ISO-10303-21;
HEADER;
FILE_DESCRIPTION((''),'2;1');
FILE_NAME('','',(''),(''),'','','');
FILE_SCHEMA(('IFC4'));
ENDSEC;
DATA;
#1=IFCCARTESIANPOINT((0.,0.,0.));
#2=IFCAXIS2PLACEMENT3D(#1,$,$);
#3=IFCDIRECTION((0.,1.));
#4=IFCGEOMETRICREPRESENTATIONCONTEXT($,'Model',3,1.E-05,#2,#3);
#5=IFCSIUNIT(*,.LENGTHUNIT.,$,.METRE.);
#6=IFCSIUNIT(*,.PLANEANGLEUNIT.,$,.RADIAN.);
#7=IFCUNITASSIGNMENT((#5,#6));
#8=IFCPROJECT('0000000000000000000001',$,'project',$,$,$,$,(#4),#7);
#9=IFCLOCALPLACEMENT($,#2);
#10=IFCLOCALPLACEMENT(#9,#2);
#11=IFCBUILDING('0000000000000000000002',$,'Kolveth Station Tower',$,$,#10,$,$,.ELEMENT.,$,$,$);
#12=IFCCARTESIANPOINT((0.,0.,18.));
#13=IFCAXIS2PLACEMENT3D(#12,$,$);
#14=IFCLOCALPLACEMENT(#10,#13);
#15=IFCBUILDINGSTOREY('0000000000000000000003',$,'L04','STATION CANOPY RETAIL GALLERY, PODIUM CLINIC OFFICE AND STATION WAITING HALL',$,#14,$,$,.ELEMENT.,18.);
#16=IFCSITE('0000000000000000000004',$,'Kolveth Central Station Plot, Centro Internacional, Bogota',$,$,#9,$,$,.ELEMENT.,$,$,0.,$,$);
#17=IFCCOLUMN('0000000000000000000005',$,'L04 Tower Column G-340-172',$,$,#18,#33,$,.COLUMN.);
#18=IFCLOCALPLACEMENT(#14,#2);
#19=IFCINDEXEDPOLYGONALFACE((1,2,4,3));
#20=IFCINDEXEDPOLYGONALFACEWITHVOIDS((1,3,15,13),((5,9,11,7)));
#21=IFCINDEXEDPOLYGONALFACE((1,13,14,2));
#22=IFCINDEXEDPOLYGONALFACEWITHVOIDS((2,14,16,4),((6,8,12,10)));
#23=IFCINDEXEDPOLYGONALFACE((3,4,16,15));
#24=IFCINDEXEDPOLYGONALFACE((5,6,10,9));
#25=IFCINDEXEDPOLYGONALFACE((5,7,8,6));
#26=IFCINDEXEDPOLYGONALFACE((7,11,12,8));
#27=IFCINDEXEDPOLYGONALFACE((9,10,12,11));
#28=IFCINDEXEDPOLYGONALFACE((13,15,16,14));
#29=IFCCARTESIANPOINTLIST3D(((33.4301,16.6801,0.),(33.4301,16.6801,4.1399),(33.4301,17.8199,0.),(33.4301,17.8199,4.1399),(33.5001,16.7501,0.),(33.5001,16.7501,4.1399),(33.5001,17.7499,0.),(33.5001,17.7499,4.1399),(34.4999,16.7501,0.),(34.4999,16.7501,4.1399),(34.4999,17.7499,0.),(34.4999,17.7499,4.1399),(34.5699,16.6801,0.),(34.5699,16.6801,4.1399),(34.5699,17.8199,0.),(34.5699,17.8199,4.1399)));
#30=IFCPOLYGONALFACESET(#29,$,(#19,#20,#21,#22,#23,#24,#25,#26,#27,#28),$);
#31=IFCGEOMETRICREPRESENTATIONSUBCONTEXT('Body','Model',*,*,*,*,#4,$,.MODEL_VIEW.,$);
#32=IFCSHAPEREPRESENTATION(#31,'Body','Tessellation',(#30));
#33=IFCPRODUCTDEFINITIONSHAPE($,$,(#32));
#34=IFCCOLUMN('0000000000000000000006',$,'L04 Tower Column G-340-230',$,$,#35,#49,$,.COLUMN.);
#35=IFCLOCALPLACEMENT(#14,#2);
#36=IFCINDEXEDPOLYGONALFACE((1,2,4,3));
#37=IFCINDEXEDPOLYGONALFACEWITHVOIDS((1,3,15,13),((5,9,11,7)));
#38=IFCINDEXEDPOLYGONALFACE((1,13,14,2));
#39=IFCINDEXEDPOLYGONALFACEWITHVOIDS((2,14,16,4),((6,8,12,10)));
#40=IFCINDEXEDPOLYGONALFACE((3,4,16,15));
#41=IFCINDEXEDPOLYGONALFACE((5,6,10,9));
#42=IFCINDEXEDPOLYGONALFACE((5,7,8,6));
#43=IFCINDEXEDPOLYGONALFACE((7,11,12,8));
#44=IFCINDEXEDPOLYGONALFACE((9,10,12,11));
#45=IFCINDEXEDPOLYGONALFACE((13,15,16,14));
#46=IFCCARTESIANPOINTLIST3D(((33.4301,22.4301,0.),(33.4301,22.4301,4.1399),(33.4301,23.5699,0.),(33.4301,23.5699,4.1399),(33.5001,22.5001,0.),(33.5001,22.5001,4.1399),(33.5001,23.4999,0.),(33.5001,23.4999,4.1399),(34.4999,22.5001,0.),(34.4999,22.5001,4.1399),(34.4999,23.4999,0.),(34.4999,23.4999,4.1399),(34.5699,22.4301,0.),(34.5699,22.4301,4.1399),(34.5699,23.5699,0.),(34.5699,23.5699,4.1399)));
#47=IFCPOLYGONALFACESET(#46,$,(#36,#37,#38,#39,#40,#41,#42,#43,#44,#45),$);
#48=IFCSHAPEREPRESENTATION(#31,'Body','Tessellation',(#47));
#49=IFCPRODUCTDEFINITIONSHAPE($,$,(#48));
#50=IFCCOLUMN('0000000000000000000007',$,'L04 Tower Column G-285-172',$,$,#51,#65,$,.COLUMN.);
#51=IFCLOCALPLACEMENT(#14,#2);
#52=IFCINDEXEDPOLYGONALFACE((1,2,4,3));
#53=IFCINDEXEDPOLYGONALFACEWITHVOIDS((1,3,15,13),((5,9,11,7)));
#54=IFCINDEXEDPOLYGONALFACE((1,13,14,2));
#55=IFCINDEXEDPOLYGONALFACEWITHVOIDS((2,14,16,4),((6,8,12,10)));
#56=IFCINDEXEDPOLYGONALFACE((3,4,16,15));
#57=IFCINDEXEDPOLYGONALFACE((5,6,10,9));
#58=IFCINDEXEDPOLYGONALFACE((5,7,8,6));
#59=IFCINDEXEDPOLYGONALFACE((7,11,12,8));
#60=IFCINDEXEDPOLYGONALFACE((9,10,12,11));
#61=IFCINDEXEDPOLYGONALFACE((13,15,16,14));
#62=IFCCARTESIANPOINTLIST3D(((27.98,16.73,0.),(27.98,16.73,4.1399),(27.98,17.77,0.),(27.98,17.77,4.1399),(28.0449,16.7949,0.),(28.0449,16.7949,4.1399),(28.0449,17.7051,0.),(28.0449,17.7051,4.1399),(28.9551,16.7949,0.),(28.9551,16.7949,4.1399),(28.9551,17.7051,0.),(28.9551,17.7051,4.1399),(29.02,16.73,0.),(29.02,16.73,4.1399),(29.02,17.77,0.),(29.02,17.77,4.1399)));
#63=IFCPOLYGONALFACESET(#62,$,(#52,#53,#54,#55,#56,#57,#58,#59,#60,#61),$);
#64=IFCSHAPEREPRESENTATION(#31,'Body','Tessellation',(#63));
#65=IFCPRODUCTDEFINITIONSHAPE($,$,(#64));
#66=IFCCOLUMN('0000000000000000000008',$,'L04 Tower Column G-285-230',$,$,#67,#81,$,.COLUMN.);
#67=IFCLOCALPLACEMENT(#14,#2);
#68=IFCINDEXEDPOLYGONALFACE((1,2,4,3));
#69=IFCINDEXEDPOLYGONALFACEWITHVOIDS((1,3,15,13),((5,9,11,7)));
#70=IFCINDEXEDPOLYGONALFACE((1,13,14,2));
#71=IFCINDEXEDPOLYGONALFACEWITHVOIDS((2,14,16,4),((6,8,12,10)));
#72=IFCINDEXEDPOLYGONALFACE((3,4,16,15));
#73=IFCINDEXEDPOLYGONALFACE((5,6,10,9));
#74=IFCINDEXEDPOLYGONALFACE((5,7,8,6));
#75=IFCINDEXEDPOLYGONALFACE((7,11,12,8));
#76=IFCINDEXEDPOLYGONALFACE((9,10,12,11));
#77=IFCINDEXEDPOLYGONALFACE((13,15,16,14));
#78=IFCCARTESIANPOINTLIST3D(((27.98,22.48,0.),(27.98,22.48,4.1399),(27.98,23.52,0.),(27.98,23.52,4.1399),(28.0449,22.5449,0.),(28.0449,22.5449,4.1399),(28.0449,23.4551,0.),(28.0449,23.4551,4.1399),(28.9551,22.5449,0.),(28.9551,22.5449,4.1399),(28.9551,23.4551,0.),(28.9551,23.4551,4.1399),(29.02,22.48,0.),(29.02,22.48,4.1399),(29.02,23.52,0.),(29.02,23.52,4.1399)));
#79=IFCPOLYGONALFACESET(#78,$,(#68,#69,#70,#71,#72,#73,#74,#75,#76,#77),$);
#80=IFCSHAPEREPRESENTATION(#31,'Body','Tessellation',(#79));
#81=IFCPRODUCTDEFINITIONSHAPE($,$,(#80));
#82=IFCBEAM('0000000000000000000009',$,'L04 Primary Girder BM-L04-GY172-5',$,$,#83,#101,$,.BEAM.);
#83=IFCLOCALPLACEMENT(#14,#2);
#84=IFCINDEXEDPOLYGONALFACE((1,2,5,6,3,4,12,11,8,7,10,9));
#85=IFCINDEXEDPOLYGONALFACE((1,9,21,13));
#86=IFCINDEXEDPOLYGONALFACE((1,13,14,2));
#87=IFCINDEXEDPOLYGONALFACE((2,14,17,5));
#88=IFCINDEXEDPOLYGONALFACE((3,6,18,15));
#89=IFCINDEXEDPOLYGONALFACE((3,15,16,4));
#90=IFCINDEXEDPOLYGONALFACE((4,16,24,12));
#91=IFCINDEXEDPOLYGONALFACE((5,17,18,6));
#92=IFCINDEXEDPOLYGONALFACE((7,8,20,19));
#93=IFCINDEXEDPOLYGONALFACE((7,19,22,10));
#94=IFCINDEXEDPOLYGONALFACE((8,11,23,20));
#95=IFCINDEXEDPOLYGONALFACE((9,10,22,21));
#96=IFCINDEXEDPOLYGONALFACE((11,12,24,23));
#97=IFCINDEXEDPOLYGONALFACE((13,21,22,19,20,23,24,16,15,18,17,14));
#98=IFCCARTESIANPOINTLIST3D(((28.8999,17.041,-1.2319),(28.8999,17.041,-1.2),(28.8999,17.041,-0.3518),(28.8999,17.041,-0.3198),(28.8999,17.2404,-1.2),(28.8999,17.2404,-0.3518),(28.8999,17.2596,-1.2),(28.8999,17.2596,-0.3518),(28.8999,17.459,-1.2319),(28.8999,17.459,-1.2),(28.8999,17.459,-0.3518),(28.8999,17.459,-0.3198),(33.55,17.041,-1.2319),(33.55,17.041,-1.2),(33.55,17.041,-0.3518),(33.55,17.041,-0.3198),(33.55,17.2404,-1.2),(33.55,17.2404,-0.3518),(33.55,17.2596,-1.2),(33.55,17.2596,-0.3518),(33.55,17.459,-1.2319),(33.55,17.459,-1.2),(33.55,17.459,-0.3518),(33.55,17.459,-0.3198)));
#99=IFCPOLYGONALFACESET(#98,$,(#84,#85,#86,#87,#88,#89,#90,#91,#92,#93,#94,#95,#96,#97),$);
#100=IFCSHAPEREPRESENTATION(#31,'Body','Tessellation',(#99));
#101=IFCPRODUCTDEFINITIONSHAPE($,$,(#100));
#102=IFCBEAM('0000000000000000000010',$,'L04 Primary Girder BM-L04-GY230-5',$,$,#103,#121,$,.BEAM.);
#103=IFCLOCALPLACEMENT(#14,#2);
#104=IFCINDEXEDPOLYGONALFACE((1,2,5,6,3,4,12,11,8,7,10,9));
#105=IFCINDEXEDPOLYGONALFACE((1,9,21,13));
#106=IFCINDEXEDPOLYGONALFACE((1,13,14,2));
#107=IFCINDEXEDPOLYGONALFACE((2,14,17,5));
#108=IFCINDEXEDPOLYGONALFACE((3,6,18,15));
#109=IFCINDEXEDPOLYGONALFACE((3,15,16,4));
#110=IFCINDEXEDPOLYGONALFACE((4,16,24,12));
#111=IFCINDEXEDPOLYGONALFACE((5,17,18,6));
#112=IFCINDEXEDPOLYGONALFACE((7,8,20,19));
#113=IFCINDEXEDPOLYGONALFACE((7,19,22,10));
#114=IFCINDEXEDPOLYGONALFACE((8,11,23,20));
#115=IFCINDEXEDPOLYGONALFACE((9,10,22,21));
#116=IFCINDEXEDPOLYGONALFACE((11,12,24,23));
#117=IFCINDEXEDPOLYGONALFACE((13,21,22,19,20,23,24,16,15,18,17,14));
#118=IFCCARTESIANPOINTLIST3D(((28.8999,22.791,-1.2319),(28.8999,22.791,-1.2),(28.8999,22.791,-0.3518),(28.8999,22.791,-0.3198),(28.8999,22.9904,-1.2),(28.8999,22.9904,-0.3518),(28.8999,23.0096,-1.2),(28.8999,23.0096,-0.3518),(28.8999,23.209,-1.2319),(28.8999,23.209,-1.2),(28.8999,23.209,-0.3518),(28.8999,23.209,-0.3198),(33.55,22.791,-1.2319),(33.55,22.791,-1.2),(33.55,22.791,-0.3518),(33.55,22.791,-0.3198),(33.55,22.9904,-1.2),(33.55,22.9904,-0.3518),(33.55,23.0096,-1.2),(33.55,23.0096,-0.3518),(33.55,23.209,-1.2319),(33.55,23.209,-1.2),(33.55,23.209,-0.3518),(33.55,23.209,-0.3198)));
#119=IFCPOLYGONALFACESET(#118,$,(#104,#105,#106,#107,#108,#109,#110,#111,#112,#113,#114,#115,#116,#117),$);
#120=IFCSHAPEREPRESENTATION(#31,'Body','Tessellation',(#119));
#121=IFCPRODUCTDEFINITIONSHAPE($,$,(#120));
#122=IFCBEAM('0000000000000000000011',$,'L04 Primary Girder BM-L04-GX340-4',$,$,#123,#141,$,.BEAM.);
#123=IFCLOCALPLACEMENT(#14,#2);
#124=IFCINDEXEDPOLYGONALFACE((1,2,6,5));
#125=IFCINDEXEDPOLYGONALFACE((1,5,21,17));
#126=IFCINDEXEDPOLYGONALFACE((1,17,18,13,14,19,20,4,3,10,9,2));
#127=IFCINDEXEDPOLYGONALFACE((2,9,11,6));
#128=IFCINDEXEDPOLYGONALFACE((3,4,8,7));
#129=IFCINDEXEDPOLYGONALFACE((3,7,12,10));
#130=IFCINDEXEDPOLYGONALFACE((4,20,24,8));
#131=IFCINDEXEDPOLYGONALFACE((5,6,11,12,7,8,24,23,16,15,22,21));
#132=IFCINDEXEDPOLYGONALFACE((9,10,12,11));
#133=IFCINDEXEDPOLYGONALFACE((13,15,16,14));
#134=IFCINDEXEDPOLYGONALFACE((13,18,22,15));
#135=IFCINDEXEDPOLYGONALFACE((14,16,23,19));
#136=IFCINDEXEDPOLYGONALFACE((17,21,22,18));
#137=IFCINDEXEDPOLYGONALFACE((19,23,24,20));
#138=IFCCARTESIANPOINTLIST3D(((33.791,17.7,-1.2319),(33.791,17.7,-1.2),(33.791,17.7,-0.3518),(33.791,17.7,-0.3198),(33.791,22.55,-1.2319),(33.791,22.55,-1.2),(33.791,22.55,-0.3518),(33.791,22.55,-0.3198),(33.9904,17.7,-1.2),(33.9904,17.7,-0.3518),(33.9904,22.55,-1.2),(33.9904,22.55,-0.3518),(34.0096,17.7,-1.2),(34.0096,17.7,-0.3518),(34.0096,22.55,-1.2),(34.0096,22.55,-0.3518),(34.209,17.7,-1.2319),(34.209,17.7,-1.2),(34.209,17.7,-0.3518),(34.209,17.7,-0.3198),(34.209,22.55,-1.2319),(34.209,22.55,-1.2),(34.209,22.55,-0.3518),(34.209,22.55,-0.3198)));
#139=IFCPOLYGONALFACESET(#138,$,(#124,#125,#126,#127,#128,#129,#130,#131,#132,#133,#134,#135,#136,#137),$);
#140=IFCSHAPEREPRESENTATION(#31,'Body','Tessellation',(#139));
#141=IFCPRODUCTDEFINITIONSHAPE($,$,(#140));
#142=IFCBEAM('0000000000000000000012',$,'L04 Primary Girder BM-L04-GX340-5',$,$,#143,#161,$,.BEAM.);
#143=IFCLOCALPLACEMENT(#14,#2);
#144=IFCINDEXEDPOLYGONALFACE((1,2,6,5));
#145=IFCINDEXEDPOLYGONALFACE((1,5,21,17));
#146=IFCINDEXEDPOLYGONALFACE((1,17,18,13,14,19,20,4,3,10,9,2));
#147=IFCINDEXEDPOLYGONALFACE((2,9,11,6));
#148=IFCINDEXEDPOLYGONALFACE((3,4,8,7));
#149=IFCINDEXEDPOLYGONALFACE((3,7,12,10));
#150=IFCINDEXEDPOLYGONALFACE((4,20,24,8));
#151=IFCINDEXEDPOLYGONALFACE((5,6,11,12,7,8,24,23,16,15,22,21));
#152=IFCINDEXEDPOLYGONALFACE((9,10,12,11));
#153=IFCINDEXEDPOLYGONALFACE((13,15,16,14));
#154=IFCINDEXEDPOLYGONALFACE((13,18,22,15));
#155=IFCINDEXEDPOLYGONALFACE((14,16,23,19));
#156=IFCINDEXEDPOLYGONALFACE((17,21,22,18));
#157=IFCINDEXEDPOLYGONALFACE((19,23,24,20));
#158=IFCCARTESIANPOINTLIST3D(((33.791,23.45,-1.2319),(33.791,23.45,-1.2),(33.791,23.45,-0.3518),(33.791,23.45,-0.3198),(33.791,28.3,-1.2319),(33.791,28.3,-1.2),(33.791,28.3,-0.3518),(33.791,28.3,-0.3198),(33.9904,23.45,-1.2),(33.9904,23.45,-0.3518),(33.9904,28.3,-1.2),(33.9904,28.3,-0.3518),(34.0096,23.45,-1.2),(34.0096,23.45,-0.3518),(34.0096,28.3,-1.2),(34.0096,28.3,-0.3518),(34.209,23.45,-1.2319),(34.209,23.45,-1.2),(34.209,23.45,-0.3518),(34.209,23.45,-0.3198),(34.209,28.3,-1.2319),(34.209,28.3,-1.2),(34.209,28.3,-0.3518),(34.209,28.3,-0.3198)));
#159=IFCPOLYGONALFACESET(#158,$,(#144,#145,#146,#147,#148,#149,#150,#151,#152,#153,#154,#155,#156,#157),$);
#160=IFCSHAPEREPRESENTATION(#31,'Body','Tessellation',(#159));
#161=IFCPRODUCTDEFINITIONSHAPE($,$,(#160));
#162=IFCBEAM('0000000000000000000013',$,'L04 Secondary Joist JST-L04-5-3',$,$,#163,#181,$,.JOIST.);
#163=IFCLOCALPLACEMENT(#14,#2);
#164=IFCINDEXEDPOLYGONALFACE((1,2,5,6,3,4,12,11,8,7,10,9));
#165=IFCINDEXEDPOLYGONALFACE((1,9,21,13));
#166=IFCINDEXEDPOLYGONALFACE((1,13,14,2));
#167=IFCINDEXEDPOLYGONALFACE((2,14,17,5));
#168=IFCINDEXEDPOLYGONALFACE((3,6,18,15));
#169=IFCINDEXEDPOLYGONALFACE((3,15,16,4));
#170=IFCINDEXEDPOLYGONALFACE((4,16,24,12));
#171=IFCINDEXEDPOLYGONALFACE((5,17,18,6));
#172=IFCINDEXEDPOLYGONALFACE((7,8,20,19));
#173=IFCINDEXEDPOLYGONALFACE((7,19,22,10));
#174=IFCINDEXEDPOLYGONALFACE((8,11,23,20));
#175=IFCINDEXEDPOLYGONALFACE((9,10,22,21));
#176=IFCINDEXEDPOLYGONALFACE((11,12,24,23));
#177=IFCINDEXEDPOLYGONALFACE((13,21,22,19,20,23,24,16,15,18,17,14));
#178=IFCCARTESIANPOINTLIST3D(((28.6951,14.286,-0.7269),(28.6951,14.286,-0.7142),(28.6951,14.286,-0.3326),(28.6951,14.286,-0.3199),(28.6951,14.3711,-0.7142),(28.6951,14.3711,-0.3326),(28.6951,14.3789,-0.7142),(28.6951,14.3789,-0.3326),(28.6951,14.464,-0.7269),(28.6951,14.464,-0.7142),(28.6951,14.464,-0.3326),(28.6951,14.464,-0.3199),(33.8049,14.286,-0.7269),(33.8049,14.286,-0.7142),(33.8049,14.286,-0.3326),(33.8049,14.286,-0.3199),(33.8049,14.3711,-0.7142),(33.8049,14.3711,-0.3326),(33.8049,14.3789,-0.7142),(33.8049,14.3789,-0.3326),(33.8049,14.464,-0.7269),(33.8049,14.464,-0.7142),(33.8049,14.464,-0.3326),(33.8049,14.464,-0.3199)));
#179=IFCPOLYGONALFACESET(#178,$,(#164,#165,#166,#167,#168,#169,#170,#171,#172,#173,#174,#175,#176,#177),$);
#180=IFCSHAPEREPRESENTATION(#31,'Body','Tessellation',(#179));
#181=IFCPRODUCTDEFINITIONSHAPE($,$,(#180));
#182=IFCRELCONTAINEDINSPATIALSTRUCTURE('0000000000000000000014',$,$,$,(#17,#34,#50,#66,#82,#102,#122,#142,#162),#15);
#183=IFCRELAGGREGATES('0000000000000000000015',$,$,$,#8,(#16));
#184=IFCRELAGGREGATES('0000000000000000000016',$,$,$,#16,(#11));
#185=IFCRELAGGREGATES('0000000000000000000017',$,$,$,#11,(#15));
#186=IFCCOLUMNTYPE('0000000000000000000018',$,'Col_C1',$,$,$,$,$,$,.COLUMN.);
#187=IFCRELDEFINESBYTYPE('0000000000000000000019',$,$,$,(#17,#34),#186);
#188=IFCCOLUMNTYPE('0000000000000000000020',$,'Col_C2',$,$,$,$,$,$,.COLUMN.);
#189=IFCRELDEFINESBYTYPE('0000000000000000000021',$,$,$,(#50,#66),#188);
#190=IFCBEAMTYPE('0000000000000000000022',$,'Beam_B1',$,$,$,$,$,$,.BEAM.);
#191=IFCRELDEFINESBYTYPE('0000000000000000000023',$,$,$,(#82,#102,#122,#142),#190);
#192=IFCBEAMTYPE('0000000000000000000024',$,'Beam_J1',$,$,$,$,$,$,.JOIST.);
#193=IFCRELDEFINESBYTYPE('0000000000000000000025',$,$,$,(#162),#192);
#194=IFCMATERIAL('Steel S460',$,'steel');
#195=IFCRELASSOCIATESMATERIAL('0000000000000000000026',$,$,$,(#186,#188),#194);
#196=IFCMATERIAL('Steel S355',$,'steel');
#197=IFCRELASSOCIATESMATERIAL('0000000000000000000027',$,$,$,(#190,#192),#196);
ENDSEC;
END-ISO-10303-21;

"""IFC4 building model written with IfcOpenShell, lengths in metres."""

from ifc_helpers import new_model, si_unit, direction, frame, origin, origin_2d, place, context, subcontext, project, spatial, hollow_rectangle, i_section, extrude, source, transform, mapped, material, material_profile, profile_set, type_object, element, save


model = new_model("IFC4")

# Units and contexts
model_context = context("Model", 3, precision=1e-05, world=origin(), true_north=direction((0.0, 1.0)))
body_context = subcontext(model_context, "Body", "Model", "MODEL_VIEW")
ifc_project = project(units=[si_unit("LENGTHUNIT", "METRE"), si_unit("PLANEANGLEUNIT", "RADIAN")], contexts=[model_context])

# Site, building, storey
site_placement = place(None, origin())
site = spatial("IfcSite", under=ifc_project, at=site_placement, Name="Kolveth Central Station Plot, Centro Internacional, Bogota", CompositionType="ELEMENT", RefElevation=0.0)
building_placement = place(site_placement, origin())
building = spatial("IfcBuilding", under=site, at=building_placement, Name="Kolveth Station Tower", CompositionType="ELEMENT")
storey_placement = place(building_placement, frame((0.0, 0.0, 18.0)))
storey = spatial("IfcBuildingStorey", under=building, at=storey_placement, Name="L04", Description="STATION CANOPY RETAIL GALLERY, PODIUM CLINIC OFFICE AND STATION WAITING HALL", CompositionType="ELEMENT", Elevation=18.0)

# Columns
ifc_material_1 = material(Name="Steel S460", Category="steel")
ifc_material_profile_1 = material_profile(ifc_material_1, hollow_rectangle(XDim=1.1399, YDim=1.1399, WallThickness=0.0701, at=origin_2d()), Name="BOX1140x1140x70")
ifc_profile_set_1 = profile_set([ifc_material_profile_1], Name="Steel S460")
column_type_1 = type_object("IfcColumnType", Name="Col_C1", PredefinedType="COLUMN", material=ifc_profile_set_1)
shared_shape_1 = source(origin(), body_context, "Body", "SweptSolid", [
    extrude(hollow_rectangle(XDim=1.1399, YDim=1.1399, WallThickness=0.0701, at=origin_2d()), origin(), (0.0, 0.0, 1.0), 4.1399),
])
for number, where, z_axis, x_axis, name in (
    (1, (34.0, 17.25, 0.0), (0.0, 0.0, 1.0), (1.0, 0.0, 0.0), "L04 Tower Column G-340-172"),
    (2, (34.0, 23.0, 0.0), (0.0, 0.0, 1.0), (1.0, 0.0, 0.0), "L04 Tower Column G-340-230"),
):
    element("IfcColumn", number, at=place(storey_placement, frame(where, z_axis=z_axis, x_axis=x_axis)), inside=storey, type_object=column_type_1, Name=name, PredefinedType="COLUMN", context=body_context, shape_type="MappedRepresentation", body=[
        mapped(shared_shape_1, transform((0.0, 0.0, 0.0), x_axis=(1.0, 0.0, 0.0), y_axis=(0.0, 1.0, 0.0), z_axis=(0.0, 0.0, 1.0), scale=1.0)),
    ])
ifc_material_profile_2 = material_profile(ifc_material_1, hollow_rectangle(XDim=1.04, YDim=1.04, WallThickness=0.0649, at=origin_2d()), Name="BOX1040x1040x65")
ifc_profile_set_2 = profile_set([ifc_material_profile_2], Name="Steel S460")
column_type_2 = type_object("IfcColumnType", Name="Col_C2", PredefinedType="COLUMN", material=ifc_profile_set_2)
shared_shape_2 = source(origin(), body_context, "Body", "SweptSolid", [
    extrude(hollow_rectangle(XDim=1.04, YDim=1.04, WallThickness=0.0649, at=origin_2d()), origin(), (0.0, 0.0, 1.0), 4.1399),
])
for number, where, z_axis, x_axis, name in (
    (3, (28.5, 17.25, 0.0), (0.0, 0.0, 1.0), (1.0, 0.0, 0.0), "L04 Tower Column G-285-172"),
    (4, (28.5, 23.0, 0.0), (0.0, 0.0, 1.0), (1.0, 0.0, 0.0), "L04 Tower Column G-285-230"),
):
    element("IfcColumn", number, at=place(storey_placement, frame(where, z_axis=z_axis, x_axis=x_axis)), inside=storey, type_object=column_type_2, Name=name, PredefinedType="COLUMN", context=body_context, shape_type="MappedRepresentation", body=[
        mapped(shared_shape_2, transform((0.0, 0.0, 0.0), x_axis=(1.0, 0.0, 0.0), y_axis=(0.0, 1.0, 0.0), z_axis=(0.0, 0.0, 1.0), scale=1.0)),
    ])

# Beams
ifc_material_2 = material(Name="Steel S355", Category="steel")
ifc_material_profile_3 = material_profile(ifc_material_2, i_section(OverallWidth=0.418, OverallDepth=0.9121, WebThickness=0.0193, FlangeThickness=0.032, at=origin_2d()), Name="W920x342")
ifc_profile_set_3 = profile_set([ifc_material_profile_3], Name="Steel S355")
beam_type_1 = type_object("IfcBeamType", Name="Beam_B1", PredefinedType="BEAM", material=ifc_profile_set_3)
shared_shape_3 = source(origin(), body_context, "Body", "SweptSolid", [
    extrude(i_section(OverallWidth=0.418, OverallDepth=0.9121, WebThickness=0.0193, FlangeThickness=0.032, at=origin_2d()), origin(), (0.0, 0.0, 1.0), 4.6501),
])
for number, where, z_axis, x_axis, name in (
    (5, (28.8999, 17.25, -0.7759), (1.0, 0.0, 0.0), (0.0, 1.0, 0.0), "L04 Primary Girder BM-L04-GY172-5"),
    (6, (28.8999, 23.0, -0.7759), (1.0, 0.0, 0.0), (0.0, 1.0, 0.0), "L04 Primary Girder BM-L04-GY230-5"),
):
    element("IfcBeam", number, at=place(storey_placement, frame(where, z_axis=z_axis, x_axis=x_axis)), inside=storey, type_object=beam_type_1, Name=name, PredefinedType="BEAM", context=body_context, shape_type="MappedRepresentation", body=[
        mapped(shared_shape_3, transform((0.0, 0.0, 0.0), x_axis=(1.0, 0.0, 0.0), y_axis=(0.0, 1.0, 0.0), z_axis=(0.0, 0.0, 1.0), scale=1.0)),
    ])
shared_shape_4 = source(origin(), body_context, "Body", "SweptSolid", [
    extrude(i_section(OverallWidth=0.418, OverallDepth=0.9121, WebThickness=0.0193, FlangeThickness=0.032, at=origin_2d()), origin(), (0.0, 0.0, 1.0), 4.8501),
])
for number, where, z_axis, x_axis, name in (
    (7, (34.0, 17.7, -0.7759), (0.0, 1.0, 0.0), (-1.0, 0.0, 0.0), "L04 Primary Girder BM-L04-GX340-4"),
    (8, (34.0, 23.45, -0.7759), (0.0, 1.0, 0.0), (-1.0, 0.0, 0.0), "L04 Primary Girder BM-L04-GX340-5"),
):
    element("IfcBeam", number, at=place(storey_placement, frame(where, z_axis=z_axis, x_axis=x_axis)), inside=storey, type_object=beam_type_1, Name=name, PredefinedType="BEAM", context=body_context, shape_type="MappedRepresentation", body=[
        mapped(shared_shape_4, transform((0.0, 0.0, 0.0), x_axis=(1.0, 0.0, 0.0), y_axis=(0.0, 1.0, 0.0), z_axis=(0.0, 0.0, 1.0), scale=1.0)),
    ])
ifc_material_profile_4 = material_profile(ifc_material_2, i_section(OverallWidth=0.178, OverallDepth=0.407, WebThickness=0.0078, FlangeThickness=0.0127, at=origin_2d()), Name="W410x60")
ifc_profile_set_4 = profile_set([ifc_material_profile_4], Name="Steel S355")
beam_type_2 = type_object("IfcBeamType", Name="Beam_J1", PredefinedType="JOIST", material=ifc_profile_set_4)
shared_shape_5 = source(origin(), body_context, "Body", "SweptSolid", [
    extrude(i_section(OverallWidth=0.178, OverallDepth=0.407, WebThickness=0.0078, FlangeThickness=0.0127, at=origin_2d()), origin(), (0.0, 0.0, 1.0), 5.1099),
])
for number, where, z_axis, x_axis, name in (
    (9, (28.6951, 14.375, -0.5234), (1.0, 0.0, 0.0), (0.0, 1.0, 0.0), "L04 Secondary Joist JST-L04-5-3"),
):
    element("IfcBeam", number, at=place(storey_placement, frame(where, z_axis=z_axis, x_axis=x_axis)), inside=storey, type_object=beam_type_2, Name=name, PredefinedType="JOIST", context=body_context, shape_type="MappedRepresentation", body=[
        mapped(shared_shape_5, transform((0.0, 0.0, 0.0), x_axis=(1.0, 0.0, 0.0), y_axis=(0.0, 1.0, 0.0), z_axis=(0.0, 0.0, 1.0), scale=1.0)),
    ])

save(model, "model.ifc")
